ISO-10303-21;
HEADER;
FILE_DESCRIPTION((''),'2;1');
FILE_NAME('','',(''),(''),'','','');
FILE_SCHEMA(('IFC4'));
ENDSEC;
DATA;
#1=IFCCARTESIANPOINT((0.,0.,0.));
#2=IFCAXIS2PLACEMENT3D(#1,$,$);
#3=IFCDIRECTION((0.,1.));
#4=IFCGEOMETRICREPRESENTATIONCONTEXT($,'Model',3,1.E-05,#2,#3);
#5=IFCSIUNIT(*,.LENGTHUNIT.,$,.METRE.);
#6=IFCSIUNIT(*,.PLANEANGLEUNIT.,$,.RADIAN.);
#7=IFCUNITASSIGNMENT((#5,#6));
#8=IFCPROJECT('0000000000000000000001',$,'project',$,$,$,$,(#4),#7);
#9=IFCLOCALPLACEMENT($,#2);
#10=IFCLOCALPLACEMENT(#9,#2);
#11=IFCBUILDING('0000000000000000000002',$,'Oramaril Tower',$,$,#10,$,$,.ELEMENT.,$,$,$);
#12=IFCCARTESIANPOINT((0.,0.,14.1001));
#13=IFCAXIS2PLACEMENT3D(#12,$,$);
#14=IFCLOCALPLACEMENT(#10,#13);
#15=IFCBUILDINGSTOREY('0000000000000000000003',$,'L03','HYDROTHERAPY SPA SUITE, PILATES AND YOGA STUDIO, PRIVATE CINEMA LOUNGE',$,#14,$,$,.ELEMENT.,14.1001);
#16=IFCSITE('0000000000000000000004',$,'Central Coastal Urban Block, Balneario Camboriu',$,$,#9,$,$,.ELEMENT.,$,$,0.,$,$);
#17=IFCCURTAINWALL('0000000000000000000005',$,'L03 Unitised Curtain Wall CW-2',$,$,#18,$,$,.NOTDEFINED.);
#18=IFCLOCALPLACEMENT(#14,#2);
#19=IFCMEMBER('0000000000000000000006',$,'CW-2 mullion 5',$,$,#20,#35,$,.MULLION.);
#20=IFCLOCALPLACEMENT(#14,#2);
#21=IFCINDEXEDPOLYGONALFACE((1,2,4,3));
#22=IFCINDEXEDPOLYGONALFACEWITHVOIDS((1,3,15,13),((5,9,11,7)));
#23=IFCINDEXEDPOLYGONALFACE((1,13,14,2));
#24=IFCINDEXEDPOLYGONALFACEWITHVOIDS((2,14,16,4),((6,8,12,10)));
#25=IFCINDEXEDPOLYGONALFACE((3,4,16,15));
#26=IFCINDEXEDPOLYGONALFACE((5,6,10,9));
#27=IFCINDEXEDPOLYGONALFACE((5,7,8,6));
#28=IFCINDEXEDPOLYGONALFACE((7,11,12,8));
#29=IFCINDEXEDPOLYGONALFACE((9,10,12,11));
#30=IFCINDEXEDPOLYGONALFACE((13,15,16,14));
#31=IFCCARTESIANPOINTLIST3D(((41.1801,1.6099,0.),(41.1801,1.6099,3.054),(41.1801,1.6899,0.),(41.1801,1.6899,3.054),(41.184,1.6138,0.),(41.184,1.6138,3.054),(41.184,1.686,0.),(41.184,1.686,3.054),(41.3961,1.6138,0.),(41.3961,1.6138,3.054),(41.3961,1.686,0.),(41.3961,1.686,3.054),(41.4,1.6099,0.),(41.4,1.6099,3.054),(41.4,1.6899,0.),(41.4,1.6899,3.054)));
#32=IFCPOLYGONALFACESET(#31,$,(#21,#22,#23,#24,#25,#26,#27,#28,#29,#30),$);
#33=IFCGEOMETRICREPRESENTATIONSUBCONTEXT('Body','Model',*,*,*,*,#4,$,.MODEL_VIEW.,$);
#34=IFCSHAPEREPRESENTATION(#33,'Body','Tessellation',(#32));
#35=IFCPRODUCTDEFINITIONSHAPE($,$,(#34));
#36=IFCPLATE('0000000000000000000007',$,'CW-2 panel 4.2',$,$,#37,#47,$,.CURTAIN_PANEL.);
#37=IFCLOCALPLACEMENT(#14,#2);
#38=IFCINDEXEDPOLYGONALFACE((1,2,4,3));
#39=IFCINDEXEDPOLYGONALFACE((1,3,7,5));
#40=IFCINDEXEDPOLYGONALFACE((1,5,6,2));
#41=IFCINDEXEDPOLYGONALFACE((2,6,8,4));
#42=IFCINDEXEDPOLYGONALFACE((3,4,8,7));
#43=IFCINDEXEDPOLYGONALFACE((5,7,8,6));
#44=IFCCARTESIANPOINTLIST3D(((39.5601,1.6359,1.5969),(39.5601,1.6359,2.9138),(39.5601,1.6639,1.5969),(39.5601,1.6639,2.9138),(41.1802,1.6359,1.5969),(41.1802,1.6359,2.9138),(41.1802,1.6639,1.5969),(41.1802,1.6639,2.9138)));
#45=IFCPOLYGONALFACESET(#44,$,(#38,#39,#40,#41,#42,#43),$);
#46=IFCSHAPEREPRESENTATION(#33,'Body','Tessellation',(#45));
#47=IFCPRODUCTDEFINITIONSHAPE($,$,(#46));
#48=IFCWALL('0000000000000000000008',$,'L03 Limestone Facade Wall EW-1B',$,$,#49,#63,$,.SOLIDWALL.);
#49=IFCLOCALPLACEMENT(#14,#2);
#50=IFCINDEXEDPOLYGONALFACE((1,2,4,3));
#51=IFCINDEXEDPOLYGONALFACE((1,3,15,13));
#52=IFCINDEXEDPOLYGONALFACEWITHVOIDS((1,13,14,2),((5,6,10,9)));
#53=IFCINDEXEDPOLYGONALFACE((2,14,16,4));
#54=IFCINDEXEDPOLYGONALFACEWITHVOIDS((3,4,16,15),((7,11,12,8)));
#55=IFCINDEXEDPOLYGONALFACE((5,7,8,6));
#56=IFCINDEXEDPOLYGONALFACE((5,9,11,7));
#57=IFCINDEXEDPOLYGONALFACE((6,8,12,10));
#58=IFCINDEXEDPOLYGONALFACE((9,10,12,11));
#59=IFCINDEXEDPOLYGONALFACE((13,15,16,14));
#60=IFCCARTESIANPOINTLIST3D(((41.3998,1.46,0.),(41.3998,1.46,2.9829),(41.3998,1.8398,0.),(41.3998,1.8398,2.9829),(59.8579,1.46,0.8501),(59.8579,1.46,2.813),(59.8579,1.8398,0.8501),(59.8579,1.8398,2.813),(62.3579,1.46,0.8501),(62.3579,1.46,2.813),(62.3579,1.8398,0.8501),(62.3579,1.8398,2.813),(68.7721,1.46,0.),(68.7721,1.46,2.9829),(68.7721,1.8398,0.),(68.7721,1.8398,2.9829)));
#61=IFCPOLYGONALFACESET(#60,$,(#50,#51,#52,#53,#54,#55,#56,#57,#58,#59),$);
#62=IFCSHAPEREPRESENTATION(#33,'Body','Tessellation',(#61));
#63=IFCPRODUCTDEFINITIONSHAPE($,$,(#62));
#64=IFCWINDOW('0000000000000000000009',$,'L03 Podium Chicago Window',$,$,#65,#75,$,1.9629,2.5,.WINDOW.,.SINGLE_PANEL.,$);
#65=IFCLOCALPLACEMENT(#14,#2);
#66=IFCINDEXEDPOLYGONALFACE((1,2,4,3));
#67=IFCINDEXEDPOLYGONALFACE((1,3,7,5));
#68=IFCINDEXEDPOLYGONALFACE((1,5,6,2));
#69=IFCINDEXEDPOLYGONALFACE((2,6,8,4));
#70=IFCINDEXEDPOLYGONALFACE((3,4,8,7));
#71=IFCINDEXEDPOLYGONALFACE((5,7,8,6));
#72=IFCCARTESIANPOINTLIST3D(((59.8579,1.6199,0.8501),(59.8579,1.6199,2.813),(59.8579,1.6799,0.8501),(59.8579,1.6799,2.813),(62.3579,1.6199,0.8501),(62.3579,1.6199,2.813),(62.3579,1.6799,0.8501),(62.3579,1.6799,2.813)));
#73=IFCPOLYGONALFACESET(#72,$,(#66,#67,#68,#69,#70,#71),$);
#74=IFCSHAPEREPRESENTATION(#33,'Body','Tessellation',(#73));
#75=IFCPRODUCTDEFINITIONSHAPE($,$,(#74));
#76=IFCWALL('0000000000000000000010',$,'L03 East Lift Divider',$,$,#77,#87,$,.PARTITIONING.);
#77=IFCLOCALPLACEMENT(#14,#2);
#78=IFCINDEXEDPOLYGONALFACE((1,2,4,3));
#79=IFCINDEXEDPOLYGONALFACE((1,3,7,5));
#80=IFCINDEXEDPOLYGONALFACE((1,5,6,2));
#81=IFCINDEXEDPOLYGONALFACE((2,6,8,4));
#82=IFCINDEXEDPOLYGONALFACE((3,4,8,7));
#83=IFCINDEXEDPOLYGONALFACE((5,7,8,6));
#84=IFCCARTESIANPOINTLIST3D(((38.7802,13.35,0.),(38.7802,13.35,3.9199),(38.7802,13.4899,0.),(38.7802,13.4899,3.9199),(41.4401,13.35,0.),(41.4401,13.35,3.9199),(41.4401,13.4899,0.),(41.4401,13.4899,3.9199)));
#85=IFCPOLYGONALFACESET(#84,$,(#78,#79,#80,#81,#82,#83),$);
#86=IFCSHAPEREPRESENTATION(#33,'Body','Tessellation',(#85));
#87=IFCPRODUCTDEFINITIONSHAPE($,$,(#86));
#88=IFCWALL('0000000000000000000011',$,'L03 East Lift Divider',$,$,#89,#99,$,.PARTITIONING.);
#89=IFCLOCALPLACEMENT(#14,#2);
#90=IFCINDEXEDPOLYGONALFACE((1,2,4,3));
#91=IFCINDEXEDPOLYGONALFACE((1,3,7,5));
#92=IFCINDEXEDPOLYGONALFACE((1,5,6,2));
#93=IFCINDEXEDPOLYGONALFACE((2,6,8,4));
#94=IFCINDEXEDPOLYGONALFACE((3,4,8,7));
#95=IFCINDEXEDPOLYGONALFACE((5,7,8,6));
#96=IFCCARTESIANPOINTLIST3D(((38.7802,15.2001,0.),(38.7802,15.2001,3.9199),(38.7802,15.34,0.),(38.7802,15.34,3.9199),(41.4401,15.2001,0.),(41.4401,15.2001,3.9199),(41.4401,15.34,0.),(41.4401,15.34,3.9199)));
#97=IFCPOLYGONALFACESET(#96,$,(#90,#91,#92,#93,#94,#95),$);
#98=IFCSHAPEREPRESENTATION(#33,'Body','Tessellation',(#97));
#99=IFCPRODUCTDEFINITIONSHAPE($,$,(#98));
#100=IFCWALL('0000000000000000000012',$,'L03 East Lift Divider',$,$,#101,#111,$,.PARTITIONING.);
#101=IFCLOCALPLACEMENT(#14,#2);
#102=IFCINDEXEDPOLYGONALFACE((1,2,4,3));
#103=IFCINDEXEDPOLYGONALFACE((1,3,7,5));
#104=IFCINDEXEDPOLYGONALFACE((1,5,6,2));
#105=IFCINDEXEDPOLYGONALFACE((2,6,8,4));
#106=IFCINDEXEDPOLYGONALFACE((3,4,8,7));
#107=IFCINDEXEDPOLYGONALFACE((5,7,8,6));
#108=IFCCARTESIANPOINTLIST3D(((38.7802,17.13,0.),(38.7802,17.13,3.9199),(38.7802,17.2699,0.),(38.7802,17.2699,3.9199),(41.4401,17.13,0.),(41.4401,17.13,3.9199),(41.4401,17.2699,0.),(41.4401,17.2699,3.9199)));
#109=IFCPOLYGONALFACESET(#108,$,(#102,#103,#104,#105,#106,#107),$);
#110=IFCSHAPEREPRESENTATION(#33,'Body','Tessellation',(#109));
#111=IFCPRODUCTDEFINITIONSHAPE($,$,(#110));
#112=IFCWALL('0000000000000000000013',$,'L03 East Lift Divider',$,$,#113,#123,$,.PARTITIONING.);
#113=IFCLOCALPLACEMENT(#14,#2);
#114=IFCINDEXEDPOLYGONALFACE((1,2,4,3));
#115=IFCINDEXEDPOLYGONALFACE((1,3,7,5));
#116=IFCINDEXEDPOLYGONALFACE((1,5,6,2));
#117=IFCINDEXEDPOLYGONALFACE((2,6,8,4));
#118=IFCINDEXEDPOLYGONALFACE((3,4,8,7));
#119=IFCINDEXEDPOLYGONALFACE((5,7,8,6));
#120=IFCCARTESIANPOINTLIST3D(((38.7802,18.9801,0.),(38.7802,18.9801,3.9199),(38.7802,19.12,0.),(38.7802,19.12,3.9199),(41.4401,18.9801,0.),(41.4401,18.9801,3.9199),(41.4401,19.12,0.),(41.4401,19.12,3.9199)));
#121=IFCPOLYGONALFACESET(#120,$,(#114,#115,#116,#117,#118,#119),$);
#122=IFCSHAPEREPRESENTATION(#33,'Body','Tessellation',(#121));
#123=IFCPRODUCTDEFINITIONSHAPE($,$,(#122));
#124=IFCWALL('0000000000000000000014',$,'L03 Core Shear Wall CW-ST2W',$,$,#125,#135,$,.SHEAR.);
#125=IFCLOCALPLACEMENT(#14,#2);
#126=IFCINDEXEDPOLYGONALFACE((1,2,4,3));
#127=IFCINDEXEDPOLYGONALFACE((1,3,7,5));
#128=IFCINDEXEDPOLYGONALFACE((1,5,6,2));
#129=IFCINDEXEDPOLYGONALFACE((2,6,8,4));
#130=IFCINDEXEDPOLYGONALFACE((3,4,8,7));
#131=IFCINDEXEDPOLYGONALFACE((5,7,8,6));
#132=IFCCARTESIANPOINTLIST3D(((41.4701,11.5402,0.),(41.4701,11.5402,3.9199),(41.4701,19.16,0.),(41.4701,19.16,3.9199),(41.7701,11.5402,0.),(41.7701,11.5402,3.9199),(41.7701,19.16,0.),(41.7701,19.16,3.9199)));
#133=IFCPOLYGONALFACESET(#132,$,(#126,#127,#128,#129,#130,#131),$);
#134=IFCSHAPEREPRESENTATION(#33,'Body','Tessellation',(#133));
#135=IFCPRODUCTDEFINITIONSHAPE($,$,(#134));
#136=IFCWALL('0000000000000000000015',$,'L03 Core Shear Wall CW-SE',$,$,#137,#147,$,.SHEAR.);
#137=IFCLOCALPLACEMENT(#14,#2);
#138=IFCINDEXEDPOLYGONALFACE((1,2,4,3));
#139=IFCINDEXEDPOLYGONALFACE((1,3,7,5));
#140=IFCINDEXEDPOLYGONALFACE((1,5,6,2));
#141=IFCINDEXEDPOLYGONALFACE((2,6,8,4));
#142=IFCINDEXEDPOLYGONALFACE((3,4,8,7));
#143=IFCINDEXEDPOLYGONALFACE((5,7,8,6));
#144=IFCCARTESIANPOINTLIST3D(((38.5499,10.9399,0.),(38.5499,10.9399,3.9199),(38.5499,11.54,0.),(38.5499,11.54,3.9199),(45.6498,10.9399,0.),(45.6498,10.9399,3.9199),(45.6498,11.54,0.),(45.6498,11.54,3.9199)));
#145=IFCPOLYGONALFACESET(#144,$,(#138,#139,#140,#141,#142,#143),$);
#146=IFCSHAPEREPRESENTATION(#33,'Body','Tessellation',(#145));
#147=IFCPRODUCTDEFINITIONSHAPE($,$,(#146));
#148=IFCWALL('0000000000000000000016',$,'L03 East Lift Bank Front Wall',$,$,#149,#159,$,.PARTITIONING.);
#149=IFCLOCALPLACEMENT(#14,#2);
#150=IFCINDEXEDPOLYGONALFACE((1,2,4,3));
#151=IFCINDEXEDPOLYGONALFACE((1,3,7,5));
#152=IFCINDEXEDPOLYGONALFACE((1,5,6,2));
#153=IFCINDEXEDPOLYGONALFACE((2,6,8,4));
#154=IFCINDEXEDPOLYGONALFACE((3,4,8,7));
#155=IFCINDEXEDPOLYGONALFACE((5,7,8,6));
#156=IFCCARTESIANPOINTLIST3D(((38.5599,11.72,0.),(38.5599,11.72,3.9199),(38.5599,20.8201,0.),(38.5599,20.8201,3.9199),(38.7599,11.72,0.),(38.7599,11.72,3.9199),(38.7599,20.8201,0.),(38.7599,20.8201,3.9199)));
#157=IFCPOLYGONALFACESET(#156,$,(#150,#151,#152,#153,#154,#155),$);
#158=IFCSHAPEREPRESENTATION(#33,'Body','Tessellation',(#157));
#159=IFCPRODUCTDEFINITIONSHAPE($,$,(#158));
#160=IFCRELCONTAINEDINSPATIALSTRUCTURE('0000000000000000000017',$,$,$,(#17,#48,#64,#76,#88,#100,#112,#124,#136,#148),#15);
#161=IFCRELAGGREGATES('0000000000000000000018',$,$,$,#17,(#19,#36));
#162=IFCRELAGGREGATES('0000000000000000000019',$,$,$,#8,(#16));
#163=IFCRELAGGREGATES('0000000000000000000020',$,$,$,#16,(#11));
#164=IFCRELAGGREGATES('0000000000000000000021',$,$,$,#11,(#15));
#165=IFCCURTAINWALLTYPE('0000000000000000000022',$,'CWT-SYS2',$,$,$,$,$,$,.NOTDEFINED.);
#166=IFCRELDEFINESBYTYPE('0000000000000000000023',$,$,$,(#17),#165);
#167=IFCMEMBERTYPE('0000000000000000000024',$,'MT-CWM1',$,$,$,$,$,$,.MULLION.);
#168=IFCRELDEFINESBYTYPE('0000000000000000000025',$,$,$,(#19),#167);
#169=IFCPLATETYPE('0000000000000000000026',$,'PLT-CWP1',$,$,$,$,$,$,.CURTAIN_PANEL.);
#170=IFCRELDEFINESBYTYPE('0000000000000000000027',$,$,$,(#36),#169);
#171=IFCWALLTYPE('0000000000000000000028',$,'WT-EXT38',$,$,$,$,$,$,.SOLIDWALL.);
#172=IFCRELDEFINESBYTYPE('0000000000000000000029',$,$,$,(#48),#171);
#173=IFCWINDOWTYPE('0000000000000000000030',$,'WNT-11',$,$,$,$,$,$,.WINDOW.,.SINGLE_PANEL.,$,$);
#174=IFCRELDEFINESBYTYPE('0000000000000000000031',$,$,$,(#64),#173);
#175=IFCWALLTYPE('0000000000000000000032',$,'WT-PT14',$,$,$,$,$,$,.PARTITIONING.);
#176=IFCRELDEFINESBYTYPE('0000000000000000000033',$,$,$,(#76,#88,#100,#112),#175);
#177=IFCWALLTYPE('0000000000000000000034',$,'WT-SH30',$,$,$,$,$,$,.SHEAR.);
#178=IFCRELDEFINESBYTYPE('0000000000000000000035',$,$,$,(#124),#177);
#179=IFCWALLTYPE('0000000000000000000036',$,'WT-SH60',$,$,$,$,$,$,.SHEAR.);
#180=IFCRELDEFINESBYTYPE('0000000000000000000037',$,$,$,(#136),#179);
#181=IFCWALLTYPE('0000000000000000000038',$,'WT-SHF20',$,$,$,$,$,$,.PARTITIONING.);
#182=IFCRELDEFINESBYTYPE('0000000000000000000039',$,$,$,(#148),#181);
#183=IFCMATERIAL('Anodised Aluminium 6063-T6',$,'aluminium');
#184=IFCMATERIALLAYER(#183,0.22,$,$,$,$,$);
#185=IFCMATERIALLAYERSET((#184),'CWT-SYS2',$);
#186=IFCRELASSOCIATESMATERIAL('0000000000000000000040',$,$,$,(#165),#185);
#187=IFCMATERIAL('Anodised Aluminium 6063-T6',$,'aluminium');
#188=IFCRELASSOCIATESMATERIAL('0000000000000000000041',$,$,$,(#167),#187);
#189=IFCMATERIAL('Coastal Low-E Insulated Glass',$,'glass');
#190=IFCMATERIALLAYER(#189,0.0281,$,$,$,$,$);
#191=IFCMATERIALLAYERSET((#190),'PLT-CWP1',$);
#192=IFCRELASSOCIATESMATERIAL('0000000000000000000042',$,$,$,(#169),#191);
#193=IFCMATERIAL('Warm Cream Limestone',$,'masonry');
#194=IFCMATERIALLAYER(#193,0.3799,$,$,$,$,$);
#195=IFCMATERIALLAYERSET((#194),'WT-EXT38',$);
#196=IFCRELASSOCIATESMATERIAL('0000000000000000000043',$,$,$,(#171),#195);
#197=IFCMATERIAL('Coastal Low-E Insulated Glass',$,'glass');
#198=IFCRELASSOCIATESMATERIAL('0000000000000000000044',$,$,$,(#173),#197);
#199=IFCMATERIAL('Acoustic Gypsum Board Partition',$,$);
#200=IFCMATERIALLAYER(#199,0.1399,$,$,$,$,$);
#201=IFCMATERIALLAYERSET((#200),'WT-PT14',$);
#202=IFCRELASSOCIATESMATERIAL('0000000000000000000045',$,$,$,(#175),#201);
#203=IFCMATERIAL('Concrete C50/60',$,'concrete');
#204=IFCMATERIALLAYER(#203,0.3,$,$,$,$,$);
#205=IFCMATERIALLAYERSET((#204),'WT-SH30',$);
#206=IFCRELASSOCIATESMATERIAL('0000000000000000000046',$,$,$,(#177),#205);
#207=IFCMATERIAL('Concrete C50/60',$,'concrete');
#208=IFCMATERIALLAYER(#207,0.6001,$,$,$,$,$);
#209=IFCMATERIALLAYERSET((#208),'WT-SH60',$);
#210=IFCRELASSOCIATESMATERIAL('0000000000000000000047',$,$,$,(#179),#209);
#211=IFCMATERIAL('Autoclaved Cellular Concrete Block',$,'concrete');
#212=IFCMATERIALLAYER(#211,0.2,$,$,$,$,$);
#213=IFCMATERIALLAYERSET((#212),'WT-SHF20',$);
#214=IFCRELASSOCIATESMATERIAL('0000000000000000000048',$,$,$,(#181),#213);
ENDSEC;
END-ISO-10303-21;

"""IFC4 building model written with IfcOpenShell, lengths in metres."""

from ifc_helpers import new_model, si_unit, direction, frame, frame_2d, origin, origin_2d, place, context, subcontext, project, spatial, rectangle, hollow_rectangle, extrude, material, layer, layer_set, material_profile, profile_set, type_object, element, fill, aggregate, save


model = new_model("IFC4")

# Units and contexts
model_context = context("Model", 3, precision=1e-05, world=origin(), true_north=direction((0.0, 1.0)))
body_context = subcontext(model_context, "Body", "Model", "MODEL_VIEW")
ifc_project = project(units=[si_unit("LENGTHUNIT", "METRE"), si_unit("PLANEANGLEUNIT", "RADIAN")], contexts=[model_context])

# Site, building, storey
site_placement = place(None, origin())
site = spatial("IfcSite", under=ifc_project, at=site_placement, Name="Central Coastal Urban Block, Balneario Camboriu", CompositionType="ELEMENT", RefElevation=0.0)
building_placement = place(site_placement, origin())
building = spatial("IfcBuilding", under=site, at=building_placement, Name="Oramaril Tower", CompositionType="ELEMENT")
storey_placement = place(building_placement, frame((0.0, 0.0, 14.1001)))
storey = spatial("IfcBuildingStorey", under=building, at=storey_placement, Name="L03", Description="HYDROTHERAPY SPA SUITE, PILATES AND YOGA STUDIO, PRIVATE CINEMA LOUNGE", CompositionType="ELEMENT", Elevation=14.1001)

# Curtain wall, member, plate
ifc_material_1 = material(Name="Anodised Aluminium 6063-T6", Category="aluminium")
ifc_layer_1 = layer(ifc_material_1, 0.22)
ifc_layer_set_1 = layer_set([ifc_layer_1], Name="CWT-SYS2")
curtain_wall_type = type_object("IfcCurtainWallType", Name="CWT-SYS2", PredefinedType="NOTDEFINED", material=ifc_layer_set_1)
curtain_wall_placement = place(storey_placement, origin())
curtain_wall = element("IfcCurtainWall", 1, at=curtain_wall_placement, inside=storey, type_object=curtain_wall_type, Name="L03 Unitised Curtain Wall CW-2", PredefinedType="NOTDEFINED")
ifc_material_2 = material(Name="Anodised Aluminium 6063-T6", Category="aluminium")
ifc_material_profile = material_profile(ifc_material_2, hollow_rectangle(XDim=0.0801, YDim=0.22, WallThickness=0.0039, at=origin_2d()), Name="CWM220X80")
ifc_profile_set = profile_set([ifc_material_profile], Name="Anodised Aluminium 6063-T6")
member_type = type_object("IfcMemberType", Name="MT-CWM1", PredefinedType="MULLION", material=ifc_profile_set)
member_placement = place(storey_placement, frame((41.29, 1.6499, 0.0), z_axis=(0.0, 0.0, 1.0), x_axis=(0.0, 1.0, 0.0)))
member = element("IfcMember", 2, at=member_placement, type_object=member_type, Name="CW-2 mullion 5", PredefinedType="MULLION", context=body_context, shape_type="SweptSolid", body=[
    extrude(hollow_rectangle(XDim=0.0801, YDim=0.22, WallThickness=0.0039, at=origin_2d()), origin(), (0.0, 0.0, 1.0), 3.054),
])
ifc_material_3 = material(Name="Coastal Low-E Insulated Glass", Category="glass")
ifc_layer_2 = layer(ifc_material_3, 0.0281)
ifc_layer_set_2 = layer_set([ifc_layer_2], Name="PLT-CWP1")
plate_type = type_object("IfcPlateType", Name="PLT-CWP1", PredefinedType="CURTAIN_PANEL", material=ifc_layer_set_2)
plate_placement = place(storey_placement, frame((40.3701, 1.6499, 1.5969), z_axis=(0.0, 0.0, 1.0), x_axis=(1.0, 0.0, 0.0)))
plate = element("IfcPlate", 3, at=plate_placement, type_object=plate_type, Name="CW-2 panel 4.2", PredefinedType="CURTAIN_PANEL", context=body_context, shape_type="SweptSolid", body=[
    extrude(rectangle(XDim=1.6201, YDim=0.0281, at=origin_2d()), origin(), (0.0, 0.0, 1.0), 1.3169),
])
aggregate(curtain_wall, [member, plate])

# Wall, opening, window
ifc_material_4 = material(Name="Warm Cream Limestone", Category="masonry")
ifc_layer_3 = layer(ifc_material_4, 0.3799)
ifc_layer_set_3 = layer_set([ifc_layer_3], Name="WT-EXT38")
wall_type_1 = type_object("IfcWallType", Name="WT-EXT38", PredefinedType="SOLIDWALL", material=ifc_layer_set_3)
wall_1_placement = place(storey_placement, frame((41.3999, 1.6499, 0.0), z_axis=(0.0, 0.0, 1.0), x_axis=(1.0, 0.0, 0.0)))
wall_1 = element("IfcWall", 4, at=wall_1_placement, inside=storey, type_object=wall_type_1, Name="L03 Limestone Facade Wall EW-1B", PredefinedType="SOLIDWALL", context=body_context, shape_type="SweptSolid", body=[
    extrude(rectangle(XDim=27.3723, YDim=0.3799, at=frame_2d((13.686, 0.0))), origin(), (0.0, 0.0, 1.0), 2.9829),
])
opening_1_placement = place(wall_1_placement, frame((18.458, 0.0, 0.8501)))
opening_1 = element("IfcOpeningElement", 5, at=opening_1_placement, cuts=wall_1, PredefinedType="OPENING", context=body_context, shape_type="SweptSolid", body=[
    extrude(rectangle(XDim=2.5, YDim=1.9629, at=frame_2d((1.25, 0.9814))), frame((0.0, 0.1899, 0.0), z_axis=(0.0, -1.0, 0.0), x_axis=(1.0, 0.0, 0.0)), (0.0, 0.0, 1.0), 0.3799),
])
ifc_material_5 = material(Name="Coastal Low-E Insulated Glass", Category="glass")
window_type = type_object("IfcWindowType", Name="WNT-11", PartitioningType="SINGLE_PANEL", PredefinedType="WINDOW", material=ifc_material_5)
window_placement = place(opening_1_placement, origin())
window = element("IfcWindow", 6, at=window_placement, inside=storey, type_object=window_type, Name="L03 Podium Chicago Window", OverallHeight=1.9629, OverallWidth=2.5, PartitioningType="SINGLE_PANEL", PredefinedType="WINDOW", context=body_context, shape_type="SweptSolid", body=[
    extrude(rectangle(XDim=2.5, YDim=1.9629, at=frame_2d((1.25, 0.9814))), frame((0.0, 0.03, 0.0), z_axis=(0.0, -1.0, 0.0), x_axis=(1.0, 0.0, 0.0)), (0.0, 0.0, 1.0), 0.0601),
])
fill(opening_1, window)

# Walls
ifc_material_6 = material(Name="Acoustic Gypsum Board Partition")
ifc_layer_4 = layer(ifc_material_6, 0.1399)
ifc_layer_set_4 = layer_set([ifc_layer_4], Name="WT-PT14")
wall_type_2 = type_object("IfcWallType", Name="WT-PT14", PredefinedType="PARTITIONING", material=ifc_layer_set_4)
for number, where, z_axis, x_axis, name in (
    (7, (38.78, 13.4199, 0.0), (0.0, 0.0, 1.0), (1.0, 0.0, 0.0), "L03 East Lift Divider"),
    (8, (38.78, 15.27, 0.0), (0.0, 0.0, 1.0), (1.0, 0.0, 0.0), "L03 East Lift Divider"),
    (9, (38.78, 17.2, 0.0), (0.0, 0.0, 1.0), (1.0, 0.0, 0.0), "L03 East Lift Divider"),
    (10, (38.78, 19.05, 0.0), (0.0, 0.0, 1.0), (1.0, 0.0, 0.0), "L03 East Lift Divider"),
):
    element("IfcWall", number, at=place(storey_placement, frame(where, z_axis=z_axis, x_axis=x_axis)), inside=storey, type_object=wall_type_2, Name=name, PredefinedType="PARTITIONING", context=body_context, shape_type="SweptSolid", body=[
        extrude(rectangle(XDim=2.6599, YDim=0.1399, at=frame_2d((1.3301, 0.0))), origin(), (0.0, 0.0, 1.0), 3.9199),
    ])

# Shared definitions
ifc_material_7 = material(Name="Concrete C50/60", Category="concrete")
ifc_layer_5 = layer(ifc_material_7, 0.3)
ifc_layer_set_5 = layer_set([ifc_layer_5], Name="WT-SH30")
wall_type_3 = type_object("IfcWallType", Name="WT-SH30", PredefinedType="SHEAR", material=ifc_layer_set_5)

# Walls
wall_2_placement = place(storey_placement, frame((41.6201, 11.54, 0.0), z_axis=(0.0, 0.0, 1.0), x_axis=(0.0, 1.0, 0.0)))
element("IfcWall", 11, at=wall_2_placement, inside=storey, type_object=wall_type_3, Name="L03 Core Shear Wall CW-ST2W", PredefinedType="SHEAR", context=body_context, shape_type="SweptSolid", body=[
    extrude(rectangle(XDim=7.6199, YDim=0.3, at=frame_2d((3.8101, 0.0))), origin(), (0.0, 0.0, 1.0), 3.9199),
])
ifc_material_8 = material(Name="Concrete C50/60", Category="concrete")
ifc_layer_6 = layer(ifc_material_8, 0.6001)
ifc_layer_set_6 = layer_set([ifc_layer_6], Name="WT-SH60")
wall_type_4 = type_object("IfcWallType", Name="WT-SH60", PredefinedType="SHEAR", material=ifc_layer_set_6)
wall_3_placement = place(storey_placement, frame((38.55, 11.24, 0.0), z_axis=(0.0, 0.0, 1.0), x_axis=(1.0, 0.0, 0.0)))
element("IfcWall", 12, at=wall_3_placement, inside=storey, type_object=wall_type_4, Name="L03 Core Shear Wall CW-SE", PredefinedType="SHEAR", context=body_context, shape_type="SweptSolid", body=[
    extrude(rectangle(XDim=7.0999, YDim=0.6001, at=frame_2d((3.5498, 0.0))), origin(), (0.0, 0.0, 1.0), 3.9199),
])

# Shared definitions
ifc_material_9 = material(Name="Autoclaved Cellular Concrete Block", Category="concrete")
ifc_layer_7 = layer(ifc_material_9, 0.2)
ifc_layer_set_7 = layer_set([ifc_layer_7], Name="WT-SHF20")
wall_type_5 = type_object("IfcWallType", Name="WT-SHF20", PredefinedType="PARTITIONING", material=ifc_layer_set_7)

# Wall
wall_4_placement = place(storey_placement, frame((38.6599, 11.72, 0.0), z_axis=(0.0, 0.0, 1.0), x_axis=(0.0, 1.0, 0.0)))
element("IfcWall", 13, at=wall_4_placement, inside=storey, type_object=wall_type_5, Name="L03 East Lift Bank Front Wall", PredefinedType="PARTITIONING", context=body_context, shape_type="SweptSolid", body=[
    extrude(rectangle(XDim=9.1001, YDim=0.2, at=frame_2d((4.55, 0.0))), origin(), (0.0, 0.0, 1.0), 3.9199),
])

save(model, "model.ifc")
